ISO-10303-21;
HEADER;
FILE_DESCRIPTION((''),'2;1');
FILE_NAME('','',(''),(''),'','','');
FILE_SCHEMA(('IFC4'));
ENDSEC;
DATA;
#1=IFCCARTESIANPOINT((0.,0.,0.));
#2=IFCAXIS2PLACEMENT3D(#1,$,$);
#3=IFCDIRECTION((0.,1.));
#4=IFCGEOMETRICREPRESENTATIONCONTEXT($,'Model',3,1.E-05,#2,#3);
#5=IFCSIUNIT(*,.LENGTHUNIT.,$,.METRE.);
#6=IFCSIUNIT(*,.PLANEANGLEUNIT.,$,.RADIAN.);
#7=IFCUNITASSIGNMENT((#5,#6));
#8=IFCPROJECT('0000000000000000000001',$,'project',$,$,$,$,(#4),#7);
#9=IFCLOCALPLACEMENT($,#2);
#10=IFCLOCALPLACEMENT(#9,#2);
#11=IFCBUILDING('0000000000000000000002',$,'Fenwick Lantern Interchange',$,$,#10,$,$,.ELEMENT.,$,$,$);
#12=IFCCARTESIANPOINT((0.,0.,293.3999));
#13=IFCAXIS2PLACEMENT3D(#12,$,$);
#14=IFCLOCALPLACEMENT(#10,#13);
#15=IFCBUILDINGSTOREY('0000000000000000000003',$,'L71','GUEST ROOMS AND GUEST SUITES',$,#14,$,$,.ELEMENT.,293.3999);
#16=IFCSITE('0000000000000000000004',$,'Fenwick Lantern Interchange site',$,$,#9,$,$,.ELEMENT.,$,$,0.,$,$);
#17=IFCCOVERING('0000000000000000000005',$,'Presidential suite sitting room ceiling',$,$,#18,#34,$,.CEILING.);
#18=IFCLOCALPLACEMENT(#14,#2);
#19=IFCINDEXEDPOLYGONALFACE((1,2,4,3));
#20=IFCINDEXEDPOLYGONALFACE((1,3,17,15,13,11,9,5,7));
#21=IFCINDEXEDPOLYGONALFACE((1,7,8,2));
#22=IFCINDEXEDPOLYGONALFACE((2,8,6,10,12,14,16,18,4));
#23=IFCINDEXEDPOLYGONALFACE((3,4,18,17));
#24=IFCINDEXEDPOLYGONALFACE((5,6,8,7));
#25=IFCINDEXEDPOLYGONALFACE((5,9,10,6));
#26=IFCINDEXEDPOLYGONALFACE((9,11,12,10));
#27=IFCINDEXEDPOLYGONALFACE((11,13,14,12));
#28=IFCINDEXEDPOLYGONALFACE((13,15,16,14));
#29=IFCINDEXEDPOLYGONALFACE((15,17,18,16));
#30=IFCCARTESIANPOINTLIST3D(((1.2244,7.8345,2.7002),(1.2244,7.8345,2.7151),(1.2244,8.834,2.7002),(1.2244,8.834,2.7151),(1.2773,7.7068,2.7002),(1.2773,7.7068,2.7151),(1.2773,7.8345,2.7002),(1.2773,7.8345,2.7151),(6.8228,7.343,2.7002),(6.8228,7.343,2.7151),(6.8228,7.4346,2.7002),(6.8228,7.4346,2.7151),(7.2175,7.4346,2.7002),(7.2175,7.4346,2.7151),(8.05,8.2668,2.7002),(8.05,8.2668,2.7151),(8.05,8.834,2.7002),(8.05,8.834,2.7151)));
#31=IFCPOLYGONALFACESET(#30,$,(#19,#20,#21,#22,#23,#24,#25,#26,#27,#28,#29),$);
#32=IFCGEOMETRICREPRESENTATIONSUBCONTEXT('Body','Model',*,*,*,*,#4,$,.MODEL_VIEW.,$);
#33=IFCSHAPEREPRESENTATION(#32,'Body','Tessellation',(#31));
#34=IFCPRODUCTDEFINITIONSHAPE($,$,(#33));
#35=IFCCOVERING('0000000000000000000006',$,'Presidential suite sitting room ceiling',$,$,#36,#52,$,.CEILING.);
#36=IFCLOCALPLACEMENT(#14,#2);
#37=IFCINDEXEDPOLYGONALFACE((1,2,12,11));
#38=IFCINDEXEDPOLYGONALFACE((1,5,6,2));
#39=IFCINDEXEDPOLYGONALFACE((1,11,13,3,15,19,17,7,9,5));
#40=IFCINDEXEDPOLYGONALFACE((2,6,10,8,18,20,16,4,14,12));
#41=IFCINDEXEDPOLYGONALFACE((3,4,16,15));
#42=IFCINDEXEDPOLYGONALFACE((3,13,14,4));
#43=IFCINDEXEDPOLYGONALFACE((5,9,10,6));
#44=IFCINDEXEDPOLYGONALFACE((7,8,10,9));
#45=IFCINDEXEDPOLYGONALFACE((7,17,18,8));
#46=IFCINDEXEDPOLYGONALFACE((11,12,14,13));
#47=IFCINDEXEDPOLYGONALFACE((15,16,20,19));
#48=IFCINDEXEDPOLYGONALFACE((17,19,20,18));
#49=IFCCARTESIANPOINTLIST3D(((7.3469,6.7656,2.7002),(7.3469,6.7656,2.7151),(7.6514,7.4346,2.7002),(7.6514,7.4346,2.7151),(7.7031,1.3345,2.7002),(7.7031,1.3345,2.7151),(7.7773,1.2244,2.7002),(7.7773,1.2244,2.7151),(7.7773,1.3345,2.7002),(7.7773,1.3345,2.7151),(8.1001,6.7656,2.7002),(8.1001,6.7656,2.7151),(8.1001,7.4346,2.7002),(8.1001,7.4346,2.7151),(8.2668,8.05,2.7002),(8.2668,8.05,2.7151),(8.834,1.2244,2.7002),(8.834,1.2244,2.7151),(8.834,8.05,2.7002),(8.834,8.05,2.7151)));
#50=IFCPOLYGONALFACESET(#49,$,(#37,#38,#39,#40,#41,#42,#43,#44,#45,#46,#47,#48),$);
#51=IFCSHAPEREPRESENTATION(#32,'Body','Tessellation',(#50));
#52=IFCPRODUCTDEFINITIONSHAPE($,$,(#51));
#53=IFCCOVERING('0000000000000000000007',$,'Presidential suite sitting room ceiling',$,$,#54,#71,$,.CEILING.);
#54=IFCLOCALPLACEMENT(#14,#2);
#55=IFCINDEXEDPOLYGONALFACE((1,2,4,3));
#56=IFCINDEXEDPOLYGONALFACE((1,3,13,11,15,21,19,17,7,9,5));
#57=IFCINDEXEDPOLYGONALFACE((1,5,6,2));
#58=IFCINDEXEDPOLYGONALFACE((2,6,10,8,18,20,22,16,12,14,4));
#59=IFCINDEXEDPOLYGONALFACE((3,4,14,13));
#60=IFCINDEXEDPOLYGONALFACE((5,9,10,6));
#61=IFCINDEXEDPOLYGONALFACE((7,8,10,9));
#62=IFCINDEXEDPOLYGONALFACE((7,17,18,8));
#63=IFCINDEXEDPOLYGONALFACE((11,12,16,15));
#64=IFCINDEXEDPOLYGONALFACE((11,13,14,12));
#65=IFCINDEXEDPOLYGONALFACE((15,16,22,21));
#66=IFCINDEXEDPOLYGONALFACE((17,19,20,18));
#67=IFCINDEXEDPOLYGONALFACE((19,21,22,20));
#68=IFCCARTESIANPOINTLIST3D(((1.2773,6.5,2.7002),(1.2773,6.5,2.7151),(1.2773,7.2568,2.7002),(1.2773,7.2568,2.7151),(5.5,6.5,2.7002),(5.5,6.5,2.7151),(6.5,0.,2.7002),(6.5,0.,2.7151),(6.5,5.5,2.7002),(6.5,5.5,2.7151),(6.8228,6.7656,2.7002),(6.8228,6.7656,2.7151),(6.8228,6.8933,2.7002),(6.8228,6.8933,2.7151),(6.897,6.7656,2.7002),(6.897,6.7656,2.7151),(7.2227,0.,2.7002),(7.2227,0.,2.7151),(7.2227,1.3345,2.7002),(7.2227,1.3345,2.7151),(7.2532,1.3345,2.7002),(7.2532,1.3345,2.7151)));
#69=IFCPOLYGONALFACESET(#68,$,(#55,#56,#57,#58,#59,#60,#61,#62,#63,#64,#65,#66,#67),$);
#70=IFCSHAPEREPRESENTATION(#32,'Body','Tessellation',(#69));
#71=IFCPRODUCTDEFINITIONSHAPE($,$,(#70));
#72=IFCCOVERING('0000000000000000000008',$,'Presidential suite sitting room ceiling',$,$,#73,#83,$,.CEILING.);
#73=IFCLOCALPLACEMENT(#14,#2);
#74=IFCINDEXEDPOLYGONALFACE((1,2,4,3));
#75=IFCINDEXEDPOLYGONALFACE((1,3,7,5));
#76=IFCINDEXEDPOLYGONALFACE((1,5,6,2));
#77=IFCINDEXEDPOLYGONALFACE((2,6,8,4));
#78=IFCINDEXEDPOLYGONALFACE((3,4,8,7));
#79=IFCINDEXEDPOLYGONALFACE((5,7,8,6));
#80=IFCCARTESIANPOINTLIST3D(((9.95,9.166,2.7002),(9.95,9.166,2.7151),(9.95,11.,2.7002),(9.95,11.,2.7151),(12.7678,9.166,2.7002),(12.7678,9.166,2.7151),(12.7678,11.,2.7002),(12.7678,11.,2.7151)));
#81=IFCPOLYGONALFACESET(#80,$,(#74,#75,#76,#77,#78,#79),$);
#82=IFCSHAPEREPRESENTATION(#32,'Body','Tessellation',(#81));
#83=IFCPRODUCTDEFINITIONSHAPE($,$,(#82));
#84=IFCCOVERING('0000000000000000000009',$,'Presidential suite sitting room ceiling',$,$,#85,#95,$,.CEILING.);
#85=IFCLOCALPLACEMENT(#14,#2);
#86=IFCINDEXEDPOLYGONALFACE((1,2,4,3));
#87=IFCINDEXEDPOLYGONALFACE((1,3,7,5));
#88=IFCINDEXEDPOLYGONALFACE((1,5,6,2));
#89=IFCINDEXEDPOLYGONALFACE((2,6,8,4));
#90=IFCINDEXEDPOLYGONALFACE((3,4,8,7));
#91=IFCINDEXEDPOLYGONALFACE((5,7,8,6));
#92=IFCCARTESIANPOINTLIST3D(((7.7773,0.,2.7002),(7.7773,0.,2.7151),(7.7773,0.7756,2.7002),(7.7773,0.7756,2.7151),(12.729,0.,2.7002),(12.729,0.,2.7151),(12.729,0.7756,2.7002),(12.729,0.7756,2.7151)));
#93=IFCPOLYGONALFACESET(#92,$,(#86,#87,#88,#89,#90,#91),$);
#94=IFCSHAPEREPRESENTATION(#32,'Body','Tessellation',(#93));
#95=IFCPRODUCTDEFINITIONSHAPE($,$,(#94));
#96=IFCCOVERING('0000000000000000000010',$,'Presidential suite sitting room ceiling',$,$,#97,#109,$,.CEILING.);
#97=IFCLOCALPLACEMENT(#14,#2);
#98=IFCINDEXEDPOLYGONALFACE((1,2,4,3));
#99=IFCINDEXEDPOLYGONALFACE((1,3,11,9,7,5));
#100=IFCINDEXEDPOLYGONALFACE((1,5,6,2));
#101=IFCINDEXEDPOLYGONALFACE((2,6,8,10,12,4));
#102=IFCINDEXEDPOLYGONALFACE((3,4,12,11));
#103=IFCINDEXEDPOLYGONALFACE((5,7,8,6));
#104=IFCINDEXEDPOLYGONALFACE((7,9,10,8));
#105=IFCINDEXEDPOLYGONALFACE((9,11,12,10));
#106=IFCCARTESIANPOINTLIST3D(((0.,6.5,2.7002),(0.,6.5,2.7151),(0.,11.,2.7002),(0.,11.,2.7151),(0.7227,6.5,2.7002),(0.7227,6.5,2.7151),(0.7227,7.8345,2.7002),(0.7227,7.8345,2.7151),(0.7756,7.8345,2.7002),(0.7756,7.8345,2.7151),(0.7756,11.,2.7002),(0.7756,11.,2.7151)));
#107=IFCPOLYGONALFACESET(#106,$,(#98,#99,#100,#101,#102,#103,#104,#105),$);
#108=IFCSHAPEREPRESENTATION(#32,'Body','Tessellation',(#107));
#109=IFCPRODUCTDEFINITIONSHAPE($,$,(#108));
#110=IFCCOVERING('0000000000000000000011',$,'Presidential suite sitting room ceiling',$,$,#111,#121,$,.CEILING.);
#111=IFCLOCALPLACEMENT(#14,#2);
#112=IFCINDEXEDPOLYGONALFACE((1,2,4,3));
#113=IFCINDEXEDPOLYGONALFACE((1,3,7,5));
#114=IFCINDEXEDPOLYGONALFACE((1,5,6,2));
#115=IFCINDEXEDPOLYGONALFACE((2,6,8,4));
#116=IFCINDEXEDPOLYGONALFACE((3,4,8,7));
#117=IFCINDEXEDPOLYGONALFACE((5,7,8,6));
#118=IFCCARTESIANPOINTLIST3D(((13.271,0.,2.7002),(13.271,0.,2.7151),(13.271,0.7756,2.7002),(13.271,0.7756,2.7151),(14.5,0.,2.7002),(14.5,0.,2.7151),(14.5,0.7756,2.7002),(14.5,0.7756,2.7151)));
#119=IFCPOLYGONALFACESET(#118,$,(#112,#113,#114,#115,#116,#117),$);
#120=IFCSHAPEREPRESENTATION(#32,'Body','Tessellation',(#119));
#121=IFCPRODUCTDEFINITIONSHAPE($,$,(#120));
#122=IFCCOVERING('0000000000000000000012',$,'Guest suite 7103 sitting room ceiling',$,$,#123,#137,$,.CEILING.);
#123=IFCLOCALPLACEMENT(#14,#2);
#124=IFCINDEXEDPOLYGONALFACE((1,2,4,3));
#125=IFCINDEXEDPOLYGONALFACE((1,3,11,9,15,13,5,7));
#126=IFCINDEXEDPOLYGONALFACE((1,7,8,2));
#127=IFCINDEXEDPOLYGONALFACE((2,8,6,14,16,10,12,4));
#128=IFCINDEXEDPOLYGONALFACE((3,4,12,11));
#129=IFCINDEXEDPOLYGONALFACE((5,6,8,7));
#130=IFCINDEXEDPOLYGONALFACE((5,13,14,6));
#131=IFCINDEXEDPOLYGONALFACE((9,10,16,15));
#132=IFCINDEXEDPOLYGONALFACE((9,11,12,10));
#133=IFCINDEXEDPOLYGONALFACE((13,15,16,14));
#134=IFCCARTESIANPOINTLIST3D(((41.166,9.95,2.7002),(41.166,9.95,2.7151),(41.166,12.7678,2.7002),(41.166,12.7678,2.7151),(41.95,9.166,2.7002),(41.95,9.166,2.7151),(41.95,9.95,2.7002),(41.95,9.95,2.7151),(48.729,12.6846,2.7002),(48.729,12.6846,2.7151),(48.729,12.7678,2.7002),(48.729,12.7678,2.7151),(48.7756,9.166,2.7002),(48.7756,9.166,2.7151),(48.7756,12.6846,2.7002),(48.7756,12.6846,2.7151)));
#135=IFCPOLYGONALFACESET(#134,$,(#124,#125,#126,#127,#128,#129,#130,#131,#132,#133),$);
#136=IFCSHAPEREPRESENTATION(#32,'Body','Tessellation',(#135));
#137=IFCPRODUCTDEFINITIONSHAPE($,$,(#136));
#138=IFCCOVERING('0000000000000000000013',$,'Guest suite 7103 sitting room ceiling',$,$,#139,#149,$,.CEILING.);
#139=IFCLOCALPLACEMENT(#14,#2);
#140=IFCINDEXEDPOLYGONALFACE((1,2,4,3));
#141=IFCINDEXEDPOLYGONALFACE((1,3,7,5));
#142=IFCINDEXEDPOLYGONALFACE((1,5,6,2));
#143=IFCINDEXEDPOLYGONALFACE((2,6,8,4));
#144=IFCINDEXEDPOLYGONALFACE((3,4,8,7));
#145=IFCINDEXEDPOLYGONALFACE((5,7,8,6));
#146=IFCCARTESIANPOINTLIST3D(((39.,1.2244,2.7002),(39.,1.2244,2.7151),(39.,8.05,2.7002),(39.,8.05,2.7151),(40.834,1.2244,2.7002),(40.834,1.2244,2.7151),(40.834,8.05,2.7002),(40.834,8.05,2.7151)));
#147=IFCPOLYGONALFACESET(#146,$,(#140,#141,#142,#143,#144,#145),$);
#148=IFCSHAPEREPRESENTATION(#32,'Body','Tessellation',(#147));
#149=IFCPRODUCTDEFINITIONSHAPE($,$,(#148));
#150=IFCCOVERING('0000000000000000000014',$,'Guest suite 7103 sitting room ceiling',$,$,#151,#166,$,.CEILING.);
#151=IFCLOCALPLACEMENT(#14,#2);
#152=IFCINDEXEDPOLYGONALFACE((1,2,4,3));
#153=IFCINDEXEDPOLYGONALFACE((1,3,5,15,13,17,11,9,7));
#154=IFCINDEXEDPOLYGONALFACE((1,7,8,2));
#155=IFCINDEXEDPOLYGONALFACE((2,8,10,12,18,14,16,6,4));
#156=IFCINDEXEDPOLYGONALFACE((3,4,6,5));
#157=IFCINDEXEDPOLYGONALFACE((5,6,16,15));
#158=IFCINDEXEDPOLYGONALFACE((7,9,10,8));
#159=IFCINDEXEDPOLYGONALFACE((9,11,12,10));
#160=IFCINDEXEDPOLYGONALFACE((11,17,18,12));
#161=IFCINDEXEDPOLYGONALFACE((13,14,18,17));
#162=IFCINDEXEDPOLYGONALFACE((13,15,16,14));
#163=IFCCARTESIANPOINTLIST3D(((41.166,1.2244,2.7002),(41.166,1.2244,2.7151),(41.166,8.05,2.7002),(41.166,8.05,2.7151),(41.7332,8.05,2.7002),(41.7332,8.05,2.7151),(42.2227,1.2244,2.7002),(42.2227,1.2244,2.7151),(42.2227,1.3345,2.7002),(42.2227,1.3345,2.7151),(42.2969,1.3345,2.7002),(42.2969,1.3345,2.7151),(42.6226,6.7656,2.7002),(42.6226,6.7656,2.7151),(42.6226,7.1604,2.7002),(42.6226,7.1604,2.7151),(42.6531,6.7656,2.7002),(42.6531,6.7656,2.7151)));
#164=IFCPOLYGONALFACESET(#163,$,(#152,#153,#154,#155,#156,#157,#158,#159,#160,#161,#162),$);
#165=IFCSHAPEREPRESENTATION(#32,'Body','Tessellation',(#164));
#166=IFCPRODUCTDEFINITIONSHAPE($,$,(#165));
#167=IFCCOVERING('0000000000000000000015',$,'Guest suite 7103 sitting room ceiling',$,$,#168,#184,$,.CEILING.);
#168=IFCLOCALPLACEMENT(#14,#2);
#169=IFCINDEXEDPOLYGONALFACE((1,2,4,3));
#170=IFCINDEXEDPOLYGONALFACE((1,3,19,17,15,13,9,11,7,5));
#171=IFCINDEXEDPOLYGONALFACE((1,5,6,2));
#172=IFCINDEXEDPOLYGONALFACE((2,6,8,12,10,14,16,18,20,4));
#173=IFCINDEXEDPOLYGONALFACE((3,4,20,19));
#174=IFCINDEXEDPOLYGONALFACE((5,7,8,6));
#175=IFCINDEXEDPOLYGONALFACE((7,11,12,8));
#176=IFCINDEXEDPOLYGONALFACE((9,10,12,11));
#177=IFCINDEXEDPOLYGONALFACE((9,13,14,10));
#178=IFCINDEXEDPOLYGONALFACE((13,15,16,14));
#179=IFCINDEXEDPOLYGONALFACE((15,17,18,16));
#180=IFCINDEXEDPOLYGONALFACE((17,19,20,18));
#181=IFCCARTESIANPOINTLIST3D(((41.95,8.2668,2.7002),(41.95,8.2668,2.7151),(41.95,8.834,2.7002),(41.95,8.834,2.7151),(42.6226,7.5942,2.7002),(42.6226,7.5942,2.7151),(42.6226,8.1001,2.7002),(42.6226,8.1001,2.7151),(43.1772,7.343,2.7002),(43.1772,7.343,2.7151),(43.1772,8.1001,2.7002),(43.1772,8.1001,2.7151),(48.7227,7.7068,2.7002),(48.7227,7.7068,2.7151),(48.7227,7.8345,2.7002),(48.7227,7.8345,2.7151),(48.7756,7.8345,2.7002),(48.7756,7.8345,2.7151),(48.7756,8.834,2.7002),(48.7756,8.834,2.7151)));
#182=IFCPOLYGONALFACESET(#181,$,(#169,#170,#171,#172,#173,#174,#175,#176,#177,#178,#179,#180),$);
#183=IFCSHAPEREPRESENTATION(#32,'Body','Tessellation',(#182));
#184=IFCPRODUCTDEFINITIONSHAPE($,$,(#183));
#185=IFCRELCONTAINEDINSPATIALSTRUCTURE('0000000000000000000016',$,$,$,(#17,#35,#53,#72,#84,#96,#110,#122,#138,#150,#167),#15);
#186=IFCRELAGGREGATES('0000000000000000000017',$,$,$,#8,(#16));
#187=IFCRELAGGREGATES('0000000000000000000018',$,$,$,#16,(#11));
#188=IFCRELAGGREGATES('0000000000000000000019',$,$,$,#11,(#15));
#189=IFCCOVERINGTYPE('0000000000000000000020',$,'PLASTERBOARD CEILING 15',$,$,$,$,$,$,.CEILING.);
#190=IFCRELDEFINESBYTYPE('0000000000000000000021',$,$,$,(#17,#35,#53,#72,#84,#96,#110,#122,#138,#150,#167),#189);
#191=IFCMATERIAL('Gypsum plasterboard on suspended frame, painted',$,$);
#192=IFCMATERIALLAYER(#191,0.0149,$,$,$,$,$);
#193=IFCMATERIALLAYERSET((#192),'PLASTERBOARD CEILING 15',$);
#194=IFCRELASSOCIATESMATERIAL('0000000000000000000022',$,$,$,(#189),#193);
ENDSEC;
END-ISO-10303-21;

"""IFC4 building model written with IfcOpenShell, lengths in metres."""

from ifc_helpers import new_model, si_unit, direction, frame, origin, place, context, subcontext, project, spatial, polyline, outline, extrude, material, layer, layer_set, type_object, element, save


model = new_model("IFC4")

# Units and contexts
model_context = context("Model", 3, precision=1e-05, world=origin(), true_north=direction((0.0, 1.0)))
body_context = subcontext(model_context, "Body", "Model", "MODEL_VIEW")
ifc_project = project(units=[si_unit("LENGTHUNIT", "METRE"), si_unit("PLANEANGLEUNIT", "RADIAN")], contexts=[model_context])

# Site, building, storey
site_placement = place(None, origin())
site = spatial("IfcSite", under=ifc_project, at=site_placement, Name="Fenwick Lantern Interchange site", CompositionType="ELEMENT", RefElevation=0.0)
building_placement = place(site_placement, origin())
building = spatial("IfcBuilding", under=site, at=building_placement, Name="Fenwick Lantern Interchange", CompositionType="ELEMENT")
storey_placement = place(building_placement, frame((0.0, 0.0, 293.3999)))
storey = spatial("IfcBuildingStorey", under=building, at=storey_placement, Name="L71", Description="GUEST ROOMS AND GUEST SUITES", CompositionType="ELEMENT", Elevation=293.3999)

# Coverings
ifc_material_1 = material(Name="Gypsum plasterboard on suspended frame, painted")
ifc_layer_1 = layer(ifc_material_1, 0.0149)
ifc_layer_set_1 = layer_set([ifc_layer_1], Name="PLASTERBOARD CEILING 15")
covering_type_1 = type_object("IfcCoveringType", Name="PLASTERBOARD CEILING 15", PredefinedType="CEILING", material=ifc_layer_set_1)
covering_1_placement = place(storey_placement, frame((0.0, 0.0, 2.7002)))
element("IfcCovering", 1, at=covering_1_placement, inside=storey, type_object=covering_type_1, Name="Presidential suite sitting room ceiling", PredefinedType="CEILING", context=body_context, shape_type="SweptSolid", body=[
    extrude(outline(polyline([(8.05, 8.2668), (8.05, 8.834), (1.2244, 8.834), (1.2244, 7.8345), (1.2773, 7.8345), (1.2773, 7.7068), (6.8228, 7.343), (6.8228, 7.4346), (7.2175, 7.4346), (8.05, 8.2668)])), origin(), (0.0, 0.0, 1.0), 0.0149),
])
covering_2_placement = place(storey_placement, frame((0.0, 0.0, 2.7002)))
element("IfcCovering", 2, at=covering_2_placement, inside=storey, type_object=covering_type_1, Name="Presidential suite sitting room ceiling", PredefinedType="CEILING", context=body_context, shape_type="SweptSolid", body=[
    extrude(outline(polyline([(8.834, 8.05), (8.2668, 8.05), (7.6514, 7.4346), (8.1001, 7.4346), (8.1001, 6.7656), (7.3469, 6.7656), (7.7031, 1.3345), (7.7773, 1.3345), (7.7773, 1.2244), (8.834, 1.2244), (8.834, 8.05)])), origin(), (0.0, 0.0, 1.0), 0.0149),
])
covering_3_placement = place(storey_placement, frame((0.0, 0.0, 2.7002)))
element("IfcCovering", 3, at=covering_3_placement, inside=storey, type_object=covering_type_1, Name="Presidential suite sitting room ceiling", PredefinedType="CEILING", context=body_context, shape_type="SweptSolid", body=[
    extrude(outline(polyline([(7.2227, 1.3345), (7.2532, 1.3345), (6.897, 6.7656), (6.8228, 6.7656), (6.8228, 6.8933), (1.2773, 7.2568), (1.2773, 6.5), (5.5, 6.5), (6.5, 5.5), (6.5, 0.0), (7.2227, 0.0), (7.2227, 1.3345)])), origin(), (0.0, 0.0, 1.0), 0.0149),
])
covering_4_placement = place(storey_placement, frame((0.0, 0.0, 2.7002)))
element("IfcCovering", 4, at=covering_4_placement, inside=storey, type_object=covering_type_1, Name="Presidential suite sitting room ceiling", PredefinedType="CEILING", context=body_context, shape_type="SweptSolid", body=[
    extrude(outline(polyline([(9.95, 11.0), (9.95, 9.166), (12.7678, 9.166), (12.7678, 11.0), (9.95, 11.0)])), origin(), (0.0, 0.0, 1.0), 0.0149),
])
covering_5_placement = place(storey_placement, frame((0.0, 0.0, 2.7002)))
element("IfcCovering", 5, at=covering_5_placement, inside=storey, type_object=covering_type_1, Name="Presidential suite sitting room ceiling", PredefinedType="CEILING", context=body_context, shape_type="SweptSolid", body=[
    extrude(outline(polyline([(12.729, 0.0), (12.729, 0.7756), (7.7773, 0.7756), (7.7773, 0.0), (12.729, 0.0)])), origin(), (0.0, 0.0, 1.0), 0.0149),
])
covering_6_placement = place(storey_placement, frame((0.0, 0.0, 2.7002)))
element("IfcCovering", 6, at=covering_6_placement, inside=storey, type_object=covering_type_1, Name="Presidential suite sitting room ceiling", PredefinedType="CEILING", context=body_context, shape_type="SweptSolid", body=[
    extrude(outline(polyline([(0.7227, 7.8345), (0.7756, 7.8345), (0.7756, 11.0), (0.0, 11.0), (0.0, 6.5), (0.7227, 6.5), (0.7227, 7.8345)])), origin(), (0.0, 0.0, 1.0), 0.0149),
])
covering_7_placement = place(storey_placement, frame((0.0, 0.0, 2.7002)))
element("IfcCovering", 7, at=covering_7_placement, inside=storey, type_object=covering_type_1, Name="Presidential suite sitting room ceiling", PredefinedType="CEILING", context=body_context, shape_type="SweptSolid", body=[
    extrude(outline(polyline([(14.5, 0.0), (14.5, 0.7756), (13.271, 0.7756), (13.271, 0.0), (14.5, 0.0)])), origin(), (0.0, 0.0, 1.0), 0.0149),
])
covering_8_placement = place(storey_placement, frame((0.0, 0.0, 2.7002)))
element("IfcCovering", 8, at=covering_8_placement, inside=storey, type_object=covering_type_1, Name="Guest suite 7103 sitting room ceiling", PredefinedType="CEILING", context=body_context, shape_type="SweptSolid", body=[
    extrude(outline(polyline([(41.95, 9.95), (41.95, 9.166), (48.7756, 9.166), (48.7756, 12.6846), (48.729, 12.6846), (48.729, 12.7678), (41.166, 12.7678), (41.166, 9.95), (41.95, 9.95)])), origin(), (0.0, 0.0, 1.0), 0.0149),
])
covering_9_placement = place(storey_placement, frame((0.0, 0.0, 2.7002)))
element("IfcCovering", 9, at=covering_9_placement, inside=storey, type_object=covering_type_1, Name="Guest suite 7103 sitting room ceiling", PredefinedType="CEILING", context=body_context, shape_type="SweptSolid", body=[
    extrude(outline(polyline([(39.0, 8.05), (39.0, 1.2244), (40.834, 1.2244), (40.834, 8.05), (39.0, 8.05)])), origin(), (0.0, 0.0, 1.0), 0.0149),
])
covering_10_placement = place(storey_placement, frame((0.0, 0.0, 2.7002)))
element("IfcCovering", 10, at=covering_10_placement, inside=storey, type_object=covering_type_1, Name="Guest suite 7103 sitting room ceiling", PredefinedType="CEILING", context=body_context, shape_type="SweptSolid", body=[
    extrude(outline(polyline([(42.2227, 1.3345), (42.2969, 1.3345), (42.6531, 6.7656), (42.6226, 6.7656), (42.6226, 7.1604), (41.7332, 8.05), (41.166, 8.05), (41.166, 1.2244), (42.2227, 1.2244), (42.2227, 1.3345)])), origin(), (0.0, 0.0, 1.0), 0.0149),
])
covering_11_placement = place(storey_placement, frame((0.0, 0.0, 2.7002)))
element("IfcCovering", 11, at=covering_11_placement, inside=storey, type_object=covering_type_1, Name="Guest suite 7103 sitting room ceiling", PredefinedType="CEILING", context=body_context, shape_type="SweptSolid", body=[
    extrude(outline(polyline([(41.95, 8.834), (41.95, 8.2668), (42.6226, 7.5942), (42.6226, 8.1001), (43.1772, 8.1001), (43.1772, 7.343), (48.7227, 7.7068), (48.7227, 7.8345), (48.7756, 7.8345), (48.7756, 8.834), (41.95, 8.834)])), origin(), (0.0, 0.0, 1.0), 0.0149),
])

save(model, "model.ifc")
